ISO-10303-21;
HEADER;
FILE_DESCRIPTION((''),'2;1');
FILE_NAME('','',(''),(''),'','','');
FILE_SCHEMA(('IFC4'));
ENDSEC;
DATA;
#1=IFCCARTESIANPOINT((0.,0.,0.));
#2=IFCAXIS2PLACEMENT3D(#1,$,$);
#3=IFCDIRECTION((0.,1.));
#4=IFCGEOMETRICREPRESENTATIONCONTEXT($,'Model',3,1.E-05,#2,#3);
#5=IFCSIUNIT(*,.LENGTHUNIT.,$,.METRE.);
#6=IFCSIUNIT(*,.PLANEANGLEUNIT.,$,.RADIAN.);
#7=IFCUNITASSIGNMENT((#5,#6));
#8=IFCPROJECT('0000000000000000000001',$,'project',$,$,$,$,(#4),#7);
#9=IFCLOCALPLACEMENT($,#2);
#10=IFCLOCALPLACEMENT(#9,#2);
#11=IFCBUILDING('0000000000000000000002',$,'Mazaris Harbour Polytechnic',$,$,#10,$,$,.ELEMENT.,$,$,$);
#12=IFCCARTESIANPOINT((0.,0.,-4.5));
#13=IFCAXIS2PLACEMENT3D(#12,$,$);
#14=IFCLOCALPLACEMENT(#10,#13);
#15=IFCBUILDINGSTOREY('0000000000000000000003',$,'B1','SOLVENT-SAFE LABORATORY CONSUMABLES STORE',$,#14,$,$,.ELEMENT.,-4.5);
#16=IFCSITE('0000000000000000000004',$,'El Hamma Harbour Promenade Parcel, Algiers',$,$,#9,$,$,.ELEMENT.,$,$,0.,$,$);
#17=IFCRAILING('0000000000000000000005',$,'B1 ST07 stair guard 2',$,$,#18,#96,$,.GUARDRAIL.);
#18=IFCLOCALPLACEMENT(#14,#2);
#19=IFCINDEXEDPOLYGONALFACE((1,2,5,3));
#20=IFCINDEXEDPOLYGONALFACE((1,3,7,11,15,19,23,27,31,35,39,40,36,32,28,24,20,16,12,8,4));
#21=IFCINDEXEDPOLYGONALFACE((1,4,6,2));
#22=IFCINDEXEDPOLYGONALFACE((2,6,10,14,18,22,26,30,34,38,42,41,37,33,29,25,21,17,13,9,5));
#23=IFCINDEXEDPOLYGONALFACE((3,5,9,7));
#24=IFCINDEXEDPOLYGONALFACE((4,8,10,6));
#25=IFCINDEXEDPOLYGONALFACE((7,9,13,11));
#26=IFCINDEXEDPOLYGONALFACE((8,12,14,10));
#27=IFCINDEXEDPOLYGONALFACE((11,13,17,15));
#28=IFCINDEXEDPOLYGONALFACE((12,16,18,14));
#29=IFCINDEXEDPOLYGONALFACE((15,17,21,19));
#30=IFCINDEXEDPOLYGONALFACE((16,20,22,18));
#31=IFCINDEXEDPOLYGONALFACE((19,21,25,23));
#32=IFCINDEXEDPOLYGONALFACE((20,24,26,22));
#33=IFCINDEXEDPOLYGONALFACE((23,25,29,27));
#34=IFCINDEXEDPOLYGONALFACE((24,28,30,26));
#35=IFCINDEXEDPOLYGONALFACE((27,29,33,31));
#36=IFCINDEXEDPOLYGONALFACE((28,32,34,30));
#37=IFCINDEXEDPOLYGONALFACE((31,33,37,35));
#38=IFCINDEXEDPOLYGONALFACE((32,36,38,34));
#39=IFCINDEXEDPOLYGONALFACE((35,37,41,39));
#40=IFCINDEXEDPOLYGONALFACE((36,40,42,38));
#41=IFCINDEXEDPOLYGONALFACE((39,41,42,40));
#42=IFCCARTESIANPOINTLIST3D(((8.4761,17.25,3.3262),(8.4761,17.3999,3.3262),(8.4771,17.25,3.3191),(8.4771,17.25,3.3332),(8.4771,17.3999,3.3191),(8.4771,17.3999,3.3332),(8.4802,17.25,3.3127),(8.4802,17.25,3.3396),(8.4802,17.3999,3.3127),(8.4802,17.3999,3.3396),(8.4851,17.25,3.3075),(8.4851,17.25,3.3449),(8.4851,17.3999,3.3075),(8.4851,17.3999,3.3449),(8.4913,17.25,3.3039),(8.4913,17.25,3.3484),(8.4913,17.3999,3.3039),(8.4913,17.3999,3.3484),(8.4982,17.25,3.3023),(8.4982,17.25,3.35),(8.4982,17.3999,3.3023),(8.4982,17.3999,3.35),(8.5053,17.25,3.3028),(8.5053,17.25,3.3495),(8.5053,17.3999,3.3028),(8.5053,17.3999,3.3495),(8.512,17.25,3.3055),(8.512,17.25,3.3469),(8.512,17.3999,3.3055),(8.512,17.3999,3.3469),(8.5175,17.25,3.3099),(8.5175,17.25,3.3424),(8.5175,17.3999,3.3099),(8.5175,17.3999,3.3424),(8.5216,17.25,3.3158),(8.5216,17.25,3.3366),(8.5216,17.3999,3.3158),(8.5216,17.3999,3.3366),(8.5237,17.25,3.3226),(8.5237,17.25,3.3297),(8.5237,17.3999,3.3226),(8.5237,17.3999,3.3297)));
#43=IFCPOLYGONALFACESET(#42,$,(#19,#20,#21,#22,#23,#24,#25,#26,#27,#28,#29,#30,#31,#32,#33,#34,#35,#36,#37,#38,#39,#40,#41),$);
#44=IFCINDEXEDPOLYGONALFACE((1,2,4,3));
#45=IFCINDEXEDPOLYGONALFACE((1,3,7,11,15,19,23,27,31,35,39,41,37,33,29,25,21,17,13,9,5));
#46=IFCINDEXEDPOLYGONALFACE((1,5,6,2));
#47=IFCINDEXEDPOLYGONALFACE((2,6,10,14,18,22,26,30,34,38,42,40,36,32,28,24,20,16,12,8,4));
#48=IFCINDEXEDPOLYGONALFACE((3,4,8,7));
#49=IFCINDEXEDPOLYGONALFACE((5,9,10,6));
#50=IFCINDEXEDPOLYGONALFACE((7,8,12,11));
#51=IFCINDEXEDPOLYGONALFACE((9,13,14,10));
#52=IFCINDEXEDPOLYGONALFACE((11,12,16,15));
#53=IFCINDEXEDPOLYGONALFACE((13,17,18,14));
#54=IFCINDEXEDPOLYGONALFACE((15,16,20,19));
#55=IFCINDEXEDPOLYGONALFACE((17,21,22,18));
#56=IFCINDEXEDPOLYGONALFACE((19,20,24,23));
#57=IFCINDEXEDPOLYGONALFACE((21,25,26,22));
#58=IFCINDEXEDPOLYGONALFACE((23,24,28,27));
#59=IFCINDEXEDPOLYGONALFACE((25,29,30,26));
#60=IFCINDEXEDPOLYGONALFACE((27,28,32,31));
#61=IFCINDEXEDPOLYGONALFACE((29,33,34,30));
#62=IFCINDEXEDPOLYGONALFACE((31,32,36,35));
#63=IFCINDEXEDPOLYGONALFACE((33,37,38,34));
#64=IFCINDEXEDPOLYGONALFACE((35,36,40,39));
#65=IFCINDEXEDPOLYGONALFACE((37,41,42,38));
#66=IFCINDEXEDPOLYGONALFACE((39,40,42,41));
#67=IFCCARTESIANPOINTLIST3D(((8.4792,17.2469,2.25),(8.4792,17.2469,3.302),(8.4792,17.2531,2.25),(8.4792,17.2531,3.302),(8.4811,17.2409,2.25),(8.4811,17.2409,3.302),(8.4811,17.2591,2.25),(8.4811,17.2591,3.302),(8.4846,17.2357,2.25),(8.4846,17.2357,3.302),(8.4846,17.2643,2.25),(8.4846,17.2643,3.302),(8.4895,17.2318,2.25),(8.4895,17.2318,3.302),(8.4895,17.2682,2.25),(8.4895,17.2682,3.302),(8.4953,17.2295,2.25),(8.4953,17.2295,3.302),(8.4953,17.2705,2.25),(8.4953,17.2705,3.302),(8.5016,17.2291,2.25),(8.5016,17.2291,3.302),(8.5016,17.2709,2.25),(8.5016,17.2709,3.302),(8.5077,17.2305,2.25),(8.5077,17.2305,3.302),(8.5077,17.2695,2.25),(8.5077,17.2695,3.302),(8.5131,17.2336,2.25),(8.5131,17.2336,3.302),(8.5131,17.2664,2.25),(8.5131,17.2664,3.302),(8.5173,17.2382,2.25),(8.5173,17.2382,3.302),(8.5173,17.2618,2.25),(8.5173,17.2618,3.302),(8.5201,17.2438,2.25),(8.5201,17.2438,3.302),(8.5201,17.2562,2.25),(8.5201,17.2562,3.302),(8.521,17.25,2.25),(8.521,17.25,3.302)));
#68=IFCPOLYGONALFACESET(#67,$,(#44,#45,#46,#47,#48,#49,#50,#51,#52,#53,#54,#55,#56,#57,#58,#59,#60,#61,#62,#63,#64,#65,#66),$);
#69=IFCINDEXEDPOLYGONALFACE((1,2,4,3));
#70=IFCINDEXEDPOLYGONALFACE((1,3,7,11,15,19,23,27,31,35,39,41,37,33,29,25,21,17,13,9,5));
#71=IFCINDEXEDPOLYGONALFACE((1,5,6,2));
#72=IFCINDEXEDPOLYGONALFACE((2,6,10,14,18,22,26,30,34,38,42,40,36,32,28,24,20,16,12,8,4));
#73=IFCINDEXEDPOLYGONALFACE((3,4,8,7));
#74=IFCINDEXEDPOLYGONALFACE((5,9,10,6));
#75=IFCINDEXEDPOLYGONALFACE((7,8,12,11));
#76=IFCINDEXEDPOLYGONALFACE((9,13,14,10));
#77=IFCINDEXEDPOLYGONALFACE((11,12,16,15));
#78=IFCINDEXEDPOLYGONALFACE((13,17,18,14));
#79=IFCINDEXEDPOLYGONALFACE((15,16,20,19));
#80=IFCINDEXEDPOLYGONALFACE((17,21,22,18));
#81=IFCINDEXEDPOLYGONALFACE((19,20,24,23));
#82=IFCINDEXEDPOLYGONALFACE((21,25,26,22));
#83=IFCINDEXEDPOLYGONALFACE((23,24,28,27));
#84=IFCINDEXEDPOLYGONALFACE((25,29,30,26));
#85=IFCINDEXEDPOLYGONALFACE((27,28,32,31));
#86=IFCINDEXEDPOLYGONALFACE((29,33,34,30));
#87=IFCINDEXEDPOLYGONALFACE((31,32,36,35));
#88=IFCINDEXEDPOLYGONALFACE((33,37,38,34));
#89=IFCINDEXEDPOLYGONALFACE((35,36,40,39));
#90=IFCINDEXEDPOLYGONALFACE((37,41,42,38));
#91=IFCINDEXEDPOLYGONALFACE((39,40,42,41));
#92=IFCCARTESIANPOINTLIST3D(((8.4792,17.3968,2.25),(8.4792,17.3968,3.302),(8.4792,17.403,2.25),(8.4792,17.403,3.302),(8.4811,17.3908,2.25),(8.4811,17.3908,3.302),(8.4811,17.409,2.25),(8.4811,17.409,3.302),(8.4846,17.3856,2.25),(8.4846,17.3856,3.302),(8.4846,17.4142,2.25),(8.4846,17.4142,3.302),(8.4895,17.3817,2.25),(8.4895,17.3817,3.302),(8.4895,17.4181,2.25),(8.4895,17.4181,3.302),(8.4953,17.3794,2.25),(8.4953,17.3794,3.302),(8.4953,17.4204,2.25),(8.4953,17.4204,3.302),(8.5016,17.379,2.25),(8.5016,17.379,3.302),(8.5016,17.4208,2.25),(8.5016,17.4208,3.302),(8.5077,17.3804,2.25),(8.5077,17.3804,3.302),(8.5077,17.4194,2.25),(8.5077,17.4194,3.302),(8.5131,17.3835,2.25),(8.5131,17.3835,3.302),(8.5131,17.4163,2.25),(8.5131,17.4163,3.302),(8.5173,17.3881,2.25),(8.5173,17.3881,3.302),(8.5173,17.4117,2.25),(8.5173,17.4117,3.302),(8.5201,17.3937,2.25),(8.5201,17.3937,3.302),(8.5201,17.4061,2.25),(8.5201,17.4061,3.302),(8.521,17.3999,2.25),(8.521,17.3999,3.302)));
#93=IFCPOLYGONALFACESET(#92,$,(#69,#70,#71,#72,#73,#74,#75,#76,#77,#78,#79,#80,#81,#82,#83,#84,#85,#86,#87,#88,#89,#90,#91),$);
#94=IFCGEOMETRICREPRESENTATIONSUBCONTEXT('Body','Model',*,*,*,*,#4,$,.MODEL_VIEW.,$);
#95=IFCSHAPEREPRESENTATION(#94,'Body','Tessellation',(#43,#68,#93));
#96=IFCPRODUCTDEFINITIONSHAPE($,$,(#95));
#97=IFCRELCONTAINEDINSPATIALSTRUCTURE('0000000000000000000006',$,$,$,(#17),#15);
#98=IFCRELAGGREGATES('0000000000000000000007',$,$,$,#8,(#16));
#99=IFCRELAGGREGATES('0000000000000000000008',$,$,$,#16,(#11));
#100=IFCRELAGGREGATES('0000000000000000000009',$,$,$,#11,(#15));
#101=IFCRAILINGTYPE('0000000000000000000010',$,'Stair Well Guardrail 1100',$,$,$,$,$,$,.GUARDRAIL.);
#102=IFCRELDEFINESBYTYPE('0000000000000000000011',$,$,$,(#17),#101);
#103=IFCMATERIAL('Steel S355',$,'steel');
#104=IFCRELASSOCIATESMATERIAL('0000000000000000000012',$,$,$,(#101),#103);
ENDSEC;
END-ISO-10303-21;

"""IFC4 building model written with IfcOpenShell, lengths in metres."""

from ifc_helpers import new_model, si_unit, direction, frame, origin, origin_2d, place, context, subcontext, project, spatial, circle, extrude, material, type_object, element, save


model = new_model("IFC4")

# Units and contexts
model_context = context("Model", 3, precision=1e-05, world=origin(), true_north=direction((0.0, 1.0)))
body_context = subcontext(model_context, "Body", "Model", "MODEL_VIEW")
ifc_project = project(units=[si_unit("LENGTHUNIT", "METRE"), si_unit("PLANEANGLEUNIT", "RADIAN")], contexts=[model_context])

# Site, building, storey
site_placement = place(None, origin())
site = spatial("IfcSite", under=ifc_project, at=site_placement, Name="El Hamma Harbour Promenade Parcel, Algiers", CompositionType="ELEMENT", RefElevation=0.0)
building_placement = place(site_placement, origin())
building = spatial("IfcBuilding", under=site, at=building_placement, Name="Mazaris Harbour Polytechnic", CompositionType="ELEMENT")
storey_placement = place(building_placement, frame((0.0, 0.0, -4.5)))
storey = spatial("IfcBuildingStorey", under=building, at=storey_placement, Name="B1", Description="SOLVENT-SAFE LABORATORY CONSUMABLES STORE", CompositionType="ELEMENT", Elevation=-4.5)

# Railing
ifc_material_1 = material(Name="Steel S355", Category="steel")
railing_type_1 = type_object("IfcRailingType", Name="Stair Well Guardrail 1100", PredefinedType="GUARDRAIL", material=ifc_material_1)
railing_1_placement = place(storey_placement, frame((8.5, 17.25, 2.25)))
element("IfcRailing", 1, at=railing_1_placement, inside=storey, type_object=railing_type_1, Name="B1 ST07 stair guard 2", PredefinedType="GUARDRAIL", context=body_context, shape_type="SweptSolid", body=[
    extrude(circle(Radius=0.0239, at=origin_2d()), frame((0.0, 0.0, 1.0762), z_axis=(0.0, 1.0, 0.0), x_axis=(-1.0, 0.0, 0.0)), (0.0, 0.0, 1.0), 0.1499),
    extrude(circle(Radius=0.021, at=origin_2d()), origin(), (0.0, 0.0, 1.0), 1.052),
    extrude(circle(Radius=0.021, at=origin_2d()), frame((0.0, 0.1499, 0.0)), (0.0, 0.0, 1.0), 1.052),
])

save(model, "model.ifc")
